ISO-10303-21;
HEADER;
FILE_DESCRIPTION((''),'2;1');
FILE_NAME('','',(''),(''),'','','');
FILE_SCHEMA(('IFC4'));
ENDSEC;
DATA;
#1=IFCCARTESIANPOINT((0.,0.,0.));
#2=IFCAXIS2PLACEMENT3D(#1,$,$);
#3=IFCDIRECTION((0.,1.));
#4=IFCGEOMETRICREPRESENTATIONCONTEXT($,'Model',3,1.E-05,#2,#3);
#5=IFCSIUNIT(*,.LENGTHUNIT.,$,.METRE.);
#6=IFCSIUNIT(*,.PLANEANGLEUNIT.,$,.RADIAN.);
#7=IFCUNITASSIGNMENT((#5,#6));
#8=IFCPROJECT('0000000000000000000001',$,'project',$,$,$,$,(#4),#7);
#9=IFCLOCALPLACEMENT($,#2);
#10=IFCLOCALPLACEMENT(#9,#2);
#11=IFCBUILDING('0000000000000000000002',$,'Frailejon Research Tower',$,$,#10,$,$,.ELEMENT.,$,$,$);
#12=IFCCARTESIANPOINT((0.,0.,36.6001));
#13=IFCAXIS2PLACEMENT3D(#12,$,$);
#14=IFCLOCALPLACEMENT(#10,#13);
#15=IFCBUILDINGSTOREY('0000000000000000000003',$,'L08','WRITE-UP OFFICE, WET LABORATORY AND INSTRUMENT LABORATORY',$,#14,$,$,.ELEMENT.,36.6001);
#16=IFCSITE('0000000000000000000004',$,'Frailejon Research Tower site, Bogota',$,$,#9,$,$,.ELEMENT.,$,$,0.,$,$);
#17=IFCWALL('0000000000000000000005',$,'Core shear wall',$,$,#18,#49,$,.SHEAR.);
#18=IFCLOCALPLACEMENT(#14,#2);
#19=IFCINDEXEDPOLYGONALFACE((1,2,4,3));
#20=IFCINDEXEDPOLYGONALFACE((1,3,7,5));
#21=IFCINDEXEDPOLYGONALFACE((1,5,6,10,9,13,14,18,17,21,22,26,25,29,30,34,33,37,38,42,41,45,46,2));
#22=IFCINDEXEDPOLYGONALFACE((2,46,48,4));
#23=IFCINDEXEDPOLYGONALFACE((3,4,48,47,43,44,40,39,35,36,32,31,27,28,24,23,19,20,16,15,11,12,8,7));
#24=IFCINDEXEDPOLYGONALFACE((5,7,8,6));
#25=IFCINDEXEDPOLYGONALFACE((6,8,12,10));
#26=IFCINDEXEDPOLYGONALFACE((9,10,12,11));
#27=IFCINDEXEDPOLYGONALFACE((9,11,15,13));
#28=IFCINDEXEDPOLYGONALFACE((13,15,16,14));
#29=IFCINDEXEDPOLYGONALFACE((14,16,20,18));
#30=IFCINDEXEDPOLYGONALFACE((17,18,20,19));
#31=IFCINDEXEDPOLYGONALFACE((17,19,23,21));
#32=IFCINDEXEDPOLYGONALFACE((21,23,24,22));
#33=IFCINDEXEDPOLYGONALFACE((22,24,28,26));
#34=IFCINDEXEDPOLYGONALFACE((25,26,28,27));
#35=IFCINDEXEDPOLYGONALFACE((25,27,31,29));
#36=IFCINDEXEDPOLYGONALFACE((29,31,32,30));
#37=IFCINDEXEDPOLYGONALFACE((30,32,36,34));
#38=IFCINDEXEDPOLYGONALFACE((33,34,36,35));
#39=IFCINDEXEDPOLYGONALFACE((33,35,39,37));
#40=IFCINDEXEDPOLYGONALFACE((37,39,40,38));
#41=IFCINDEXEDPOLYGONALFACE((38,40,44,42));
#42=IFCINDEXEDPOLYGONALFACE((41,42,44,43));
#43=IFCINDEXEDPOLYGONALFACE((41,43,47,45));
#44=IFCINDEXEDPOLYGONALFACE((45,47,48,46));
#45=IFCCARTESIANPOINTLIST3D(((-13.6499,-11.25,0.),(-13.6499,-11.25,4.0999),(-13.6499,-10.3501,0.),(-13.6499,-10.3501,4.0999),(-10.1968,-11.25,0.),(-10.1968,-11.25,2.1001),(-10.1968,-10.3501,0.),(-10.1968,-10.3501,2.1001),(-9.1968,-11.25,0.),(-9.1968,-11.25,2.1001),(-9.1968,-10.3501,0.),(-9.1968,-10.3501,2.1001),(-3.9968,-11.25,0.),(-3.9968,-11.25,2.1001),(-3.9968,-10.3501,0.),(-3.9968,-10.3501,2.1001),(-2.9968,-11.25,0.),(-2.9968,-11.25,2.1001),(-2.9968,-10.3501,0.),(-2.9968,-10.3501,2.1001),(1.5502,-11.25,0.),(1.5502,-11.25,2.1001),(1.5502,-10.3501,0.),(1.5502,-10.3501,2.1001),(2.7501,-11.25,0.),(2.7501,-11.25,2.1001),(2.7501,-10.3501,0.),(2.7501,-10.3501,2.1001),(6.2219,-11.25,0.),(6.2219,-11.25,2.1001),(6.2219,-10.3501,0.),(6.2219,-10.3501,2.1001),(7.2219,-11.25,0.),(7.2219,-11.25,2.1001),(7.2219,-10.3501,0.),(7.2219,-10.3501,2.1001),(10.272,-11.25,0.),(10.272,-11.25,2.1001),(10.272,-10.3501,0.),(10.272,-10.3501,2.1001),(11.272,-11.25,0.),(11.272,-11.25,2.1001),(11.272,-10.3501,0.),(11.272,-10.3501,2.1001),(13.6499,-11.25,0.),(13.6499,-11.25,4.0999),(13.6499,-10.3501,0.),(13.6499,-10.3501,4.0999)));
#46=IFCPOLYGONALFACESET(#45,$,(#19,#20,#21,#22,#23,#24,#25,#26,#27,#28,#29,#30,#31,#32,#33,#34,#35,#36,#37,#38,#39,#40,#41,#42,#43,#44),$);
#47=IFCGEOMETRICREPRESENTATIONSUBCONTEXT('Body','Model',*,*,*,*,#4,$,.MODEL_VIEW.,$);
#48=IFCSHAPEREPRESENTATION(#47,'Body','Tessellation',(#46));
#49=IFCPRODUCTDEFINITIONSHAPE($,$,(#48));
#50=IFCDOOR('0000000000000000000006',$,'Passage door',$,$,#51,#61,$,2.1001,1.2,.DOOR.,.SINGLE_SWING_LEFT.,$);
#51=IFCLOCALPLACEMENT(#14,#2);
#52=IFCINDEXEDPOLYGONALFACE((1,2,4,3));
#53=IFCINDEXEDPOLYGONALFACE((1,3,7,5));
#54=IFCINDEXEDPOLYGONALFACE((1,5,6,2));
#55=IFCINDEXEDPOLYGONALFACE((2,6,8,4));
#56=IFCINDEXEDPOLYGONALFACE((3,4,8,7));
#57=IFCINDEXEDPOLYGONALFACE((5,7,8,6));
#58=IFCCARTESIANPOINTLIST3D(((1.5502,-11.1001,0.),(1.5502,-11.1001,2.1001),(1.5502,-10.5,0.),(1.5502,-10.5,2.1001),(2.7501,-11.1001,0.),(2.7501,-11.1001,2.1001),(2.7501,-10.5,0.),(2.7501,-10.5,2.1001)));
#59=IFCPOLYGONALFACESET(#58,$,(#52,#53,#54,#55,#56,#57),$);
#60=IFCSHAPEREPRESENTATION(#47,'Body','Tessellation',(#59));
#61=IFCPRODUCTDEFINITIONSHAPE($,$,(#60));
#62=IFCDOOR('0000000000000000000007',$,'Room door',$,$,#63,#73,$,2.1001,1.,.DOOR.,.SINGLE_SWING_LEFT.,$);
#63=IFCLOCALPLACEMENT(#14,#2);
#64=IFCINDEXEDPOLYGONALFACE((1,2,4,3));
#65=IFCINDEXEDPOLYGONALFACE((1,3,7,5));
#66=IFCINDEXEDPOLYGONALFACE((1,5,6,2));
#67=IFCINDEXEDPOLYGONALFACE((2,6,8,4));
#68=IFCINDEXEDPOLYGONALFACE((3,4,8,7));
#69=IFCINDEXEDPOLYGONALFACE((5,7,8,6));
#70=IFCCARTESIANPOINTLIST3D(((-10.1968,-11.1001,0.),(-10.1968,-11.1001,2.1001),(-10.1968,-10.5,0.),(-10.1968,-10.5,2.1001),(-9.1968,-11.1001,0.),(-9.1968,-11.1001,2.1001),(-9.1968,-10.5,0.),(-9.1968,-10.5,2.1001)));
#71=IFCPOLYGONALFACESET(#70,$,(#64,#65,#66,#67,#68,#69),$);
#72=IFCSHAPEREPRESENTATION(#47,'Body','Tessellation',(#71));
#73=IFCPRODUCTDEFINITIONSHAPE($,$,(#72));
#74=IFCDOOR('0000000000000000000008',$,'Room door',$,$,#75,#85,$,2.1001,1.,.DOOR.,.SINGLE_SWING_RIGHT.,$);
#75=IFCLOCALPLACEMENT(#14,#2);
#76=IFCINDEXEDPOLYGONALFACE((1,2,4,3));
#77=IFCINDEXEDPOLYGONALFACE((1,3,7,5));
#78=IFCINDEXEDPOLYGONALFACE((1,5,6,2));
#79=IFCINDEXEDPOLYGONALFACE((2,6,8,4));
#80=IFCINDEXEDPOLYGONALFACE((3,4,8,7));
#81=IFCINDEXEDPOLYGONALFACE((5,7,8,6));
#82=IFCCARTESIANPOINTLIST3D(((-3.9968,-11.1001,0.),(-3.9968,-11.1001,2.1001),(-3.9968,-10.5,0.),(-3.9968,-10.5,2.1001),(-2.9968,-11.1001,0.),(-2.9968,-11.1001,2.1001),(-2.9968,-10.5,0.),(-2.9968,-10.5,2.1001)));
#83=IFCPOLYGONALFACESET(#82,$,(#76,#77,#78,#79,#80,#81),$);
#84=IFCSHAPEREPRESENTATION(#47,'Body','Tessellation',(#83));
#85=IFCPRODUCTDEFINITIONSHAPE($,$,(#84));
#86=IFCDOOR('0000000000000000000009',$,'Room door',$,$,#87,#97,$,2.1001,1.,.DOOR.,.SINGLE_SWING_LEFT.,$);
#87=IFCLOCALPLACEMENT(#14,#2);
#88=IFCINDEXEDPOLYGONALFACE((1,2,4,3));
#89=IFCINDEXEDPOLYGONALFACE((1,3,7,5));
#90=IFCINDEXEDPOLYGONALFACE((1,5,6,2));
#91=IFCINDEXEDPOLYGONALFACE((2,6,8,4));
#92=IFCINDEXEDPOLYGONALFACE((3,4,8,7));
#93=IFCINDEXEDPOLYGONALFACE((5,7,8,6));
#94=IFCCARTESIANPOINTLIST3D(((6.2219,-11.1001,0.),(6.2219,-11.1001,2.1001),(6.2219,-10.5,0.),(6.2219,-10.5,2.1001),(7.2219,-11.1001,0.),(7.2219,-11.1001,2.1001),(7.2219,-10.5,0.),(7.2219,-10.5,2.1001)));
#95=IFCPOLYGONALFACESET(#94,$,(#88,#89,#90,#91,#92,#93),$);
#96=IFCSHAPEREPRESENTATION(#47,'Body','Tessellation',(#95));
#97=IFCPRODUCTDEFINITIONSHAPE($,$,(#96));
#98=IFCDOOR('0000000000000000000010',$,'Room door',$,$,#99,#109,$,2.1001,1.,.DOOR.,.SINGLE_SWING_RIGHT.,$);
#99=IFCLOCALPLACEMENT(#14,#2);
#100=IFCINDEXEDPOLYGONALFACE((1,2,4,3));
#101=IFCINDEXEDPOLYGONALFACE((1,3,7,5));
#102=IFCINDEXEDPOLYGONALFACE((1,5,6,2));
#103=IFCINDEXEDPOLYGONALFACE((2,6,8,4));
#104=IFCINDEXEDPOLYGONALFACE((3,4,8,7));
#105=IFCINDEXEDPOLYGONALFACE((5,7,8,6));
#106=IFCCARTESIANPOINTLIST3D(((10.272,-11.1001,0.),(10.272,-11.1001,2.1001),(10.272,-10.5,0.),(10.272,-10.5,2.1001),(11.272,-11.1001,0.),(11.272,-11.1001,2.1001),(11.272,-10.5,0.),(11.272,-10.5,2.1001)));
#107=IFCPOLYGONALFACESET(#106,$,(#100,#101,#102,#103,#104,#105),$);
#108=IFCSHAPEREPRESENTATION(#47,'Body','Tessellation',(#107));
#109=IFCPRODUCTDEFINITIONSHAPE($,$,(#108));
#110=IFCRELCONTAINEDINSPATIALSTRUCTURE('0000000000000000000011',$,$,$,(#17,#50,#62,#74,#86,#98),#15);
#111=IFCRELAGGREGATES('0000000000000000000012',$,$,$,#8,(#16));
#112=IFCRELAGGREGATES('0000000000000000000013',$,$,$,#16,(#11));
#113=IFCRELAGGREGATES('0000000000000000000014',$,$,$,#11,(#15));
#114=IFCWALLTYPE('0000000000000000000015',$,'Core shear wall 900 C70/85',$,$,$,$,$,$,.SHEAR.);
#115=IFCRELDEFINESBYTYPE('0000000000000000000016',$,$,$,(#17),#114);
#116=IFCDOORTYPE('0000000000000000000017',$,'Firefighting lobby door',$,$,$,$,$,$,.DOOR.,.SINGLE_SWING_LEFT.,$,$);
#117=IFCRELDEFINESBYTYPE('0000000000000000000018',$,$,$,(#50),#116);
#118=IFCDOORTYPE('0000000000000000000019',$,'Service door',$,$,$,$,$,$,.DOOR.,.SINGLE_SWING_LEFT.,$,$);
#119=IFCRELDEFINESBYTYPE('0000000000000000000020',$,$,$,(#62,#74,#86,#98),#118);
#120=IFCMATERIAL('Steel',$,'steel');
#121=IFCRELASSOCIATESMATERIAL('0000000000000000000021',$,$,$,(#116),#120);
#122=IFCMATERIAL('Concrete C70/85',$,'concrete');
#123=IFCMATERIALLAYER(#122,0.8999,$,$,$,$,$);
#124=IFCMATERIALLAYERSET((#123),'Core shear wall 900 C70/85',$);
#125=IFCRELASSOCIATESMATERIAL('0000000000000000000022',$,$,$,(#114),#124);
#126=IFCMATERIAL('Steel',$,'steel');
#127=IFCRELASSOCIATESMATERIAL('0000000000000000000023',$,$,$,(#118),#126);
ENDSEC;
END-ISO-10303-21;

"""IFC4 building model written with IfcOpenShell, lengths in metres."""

from ifc_helpers import new_model, si_unit, direction, frame, frame_2d, origin, place, context, subcontext, project, spatial, rectangle, extrude, material, layer, layer_set, type_object, element, fill, save


model = new_model("IFC4")

# Units and contexts
model_context = context("Model", 3, precision=1e-05, world=origin(), true_north=direction((0.0, 1.0)))
body_context = subcontext(model_context, "Body", "Model", "MODEL_VIEW")
ifc_project = project(units=[si_unit("LENGTHUNIT", "METRE"), si_unit("PLANEANGLEUNIT", "RADIAN")], contexts=[model_context])

# Site, building, storey
site_placement = place(None, origin())
site = spatial("IfcSite", under=ifc_project, at=site_placement, Name="Frailejon Research Tower site, Bogota", CompositionType="ELEMENT", RefElevation=0.0)
building_placement = place(site_placement, origin())
building = spatial("IfcBuilding", under=site, at=building_placement, Name="Frailejon Research Tower", CompositionType="ELEMENT")
storey_placement = place(building_placement, frame((0.0, 0.0, 36.6001)))
storey = spatial("IfcBuildingStorey", under=building, at=storey_placement, Name="L08", Description="WRITE-UP OFFICE, WET LABORATORY AND INSTRUMENT LABORATORY", CompositionType="ELEMENT", Elevation=36.6001)

# Shared definitions
ifc_material_1 = material(Name="Steel", Category="steel")
door_type_1 = type_object("IfcDoorType", Name="Firefighting lobby door", OperationType="SINGLE_SWING_LEFT", PredefinedType="DOOR", material=ifc_material_1)

# Wall, openings, doors
ifc_material_2 = material(Name="Concrete C70/85", Category="concrete")
ifc_layer_1 = layer(ifc_material_2, 0.8999)
ifc_layer_set_1 = layer_set([ifc_layer_1], Name="Core shear wall 900 C70/85")
wall_type_1 = type_object("IfcWallType", Name="Core shear wall 900 C70/85", PredefinedType="SHEAR", material=ifc_layer_set_1)
wall_1_placement = place(storey_placement, frame((-13.6499, -10.8, 0.0), z_axis=(0.0, 0.0, 1.0), x_axis=(1.0, 0.0, 0.0)))
wall_1 = element("IfcWall", 1, at=wall_1_placement, inside=storey, type_object=wall_type_1, Name="Core shear wall", PredefinedType="SHEAR", context=body_context, shape_type="SweptSolid", body=[
    extrude(rectangle(XDim=27.2998, YDim=0.8999, at=frame_2d((13.6499, 0.0))), origin(), (0.0, 0.0, 1.0), 4.0999),
])
opening_1_placement = place(wall_1_placement, frame((3.4531, 0.0, 0.0)))
opening_1 = element("IfcOpeningElement", 2, at=opening_1_placement, cuts=wall_1, PredefinedType="OPENING", context=body_context, shape_type="SweptSolid", body=[
    extrude(rectangle(XDim=1.0, YDim=2.1001, at=frame_2d((0.5, 1.05))), frame((0.0, 0.46, 0.0), z_axis=(0.0, -1.0, 0.0), x_axis=(1.0, 0.0, 0.0)), (0.0, 0.0, 1.0), 0.9199),
])
opening_2_placement = place(wall_1_placement, frame((9.6531, 0.0, 0.0)))
opening_2 = element("IfcOpeningElement", 3, at=opening_2_placement, cuts=wall_1, PredefinedType="OPENING", context=body_context, shape_type="SweptSolid", body=[
    extrude(rectangle(XDim=1.0, YDim=2.1001, at=frame_2d((0.5, 1.05))), frame((0.0, 0.46, 0.0), z_axis=(0.0, -1.0, 0.0), x_axis=(1.0, 0.0, 0.0)), (0.0, 0.0, 1.0), 0.9199),
])
opening_3_placement = place(wall_1_placement, frame((19.8718, 0.0, 0.0)))
opening_3 = element("IfcOpeningElement", 4, at=opening_3_placement, cuts=wall_1, PredefinedType="OPENING", context=body_context, shape_type="SweptSolid", body=[
    extrude(rectangle(XDim=1.0, YDim=2.1001, at=frame_2d((0.5, 1.05))), frame((0.0, 0.46, 0.0), z_axis=(0.0, -1.0, 0.0), x_axis=(1.0, 0.0, 0.0)), (0.0, 0.0, 1.0), 0.9199),
])
opening_4_placement = place(wall_1_placement, frame((23.9219, 0.0, 0.0)))
opening_4 = element("IfcOpeningElement", 5, at=opening_4_placement, cuts=wall_1, PredefinedType="OPENING", context=body_context, shape_type="SweptSolid", body=[
    extrude(rectangle(XDim=1.0, YDim=2.1001, at=frame_2d((0.5, 1.05))), frame((0.0, 0.46, 0.0), z_axis=(0.0, -1.0, 0.0), x_axis=(1.0, 0.0, 0.0)), (0.0, 0.0, 1.0), 0.9199),
])
opening_5_placement = place(wall_1_placement, frame((15.2, 0.0, 0.0)))
opening_5 = element("IfcOpeningElement", 6, at=opening_5_placement, cuts=wall_1, PredefinedType="OPENING", context=body_context, shape_type="SweptSolid", body=[
    extrude(rectangle(XDim=1.2, YDim=2.1001, at=frame_2d((0.6001, 1.05))), frame((0.0, 0.46, 0.0), z_axis=(0.0, -1.0, 0.0), x_axis=(1.0, 0.0, 0.0)), (0.0, 0.0, 1.0), 0.9199),
])
door_1_placement = place(opening_5_placement, origin())
door_1 = element("IfcDoor", 7, at=door_1_placement, inside=storey, type_object=door_type_1, Name="Passage door", OperationType="SINGLE_SWING_LEFT", OverallHeight=2.1001, OverallWidth=1.2, PredefinedType="DOOR", context=body_context, shape_type="SweptSolid", body=[
    extrude(rectangle(XDim=1.2, YDim=2.1001, at=frame_2d((0.6001, 1.05))), frame((0.0, 0.3, 0.0), z_axis=(0.0, -1.0, 0.0), x_axis=(1.0, 0.0, 0.0)), (0.0, 0.0, 1.0), 0.6001),
])
fill(opening_5, door_1)
ifc_material_3 = material(Name="Steel", Category="steel")
door_type_2 = type_object("IfcDoorType", Name="Service door", OperationType="SINGLE_SWING_LEFT", PredefinedType="DOOR", material=ifc_material_3)
door_2_placement = place(opening_1_placement, origin())
door_2 = element("IfcDoor", 8, at=door_2_placement, inside=storey, type_object=door_type_2, Name="Room door", OperationType="SINGLE_SWING_LEFT", OverallHeight=2.1001, OverallWidth=1.0, PredefinedType="DOOR", context=body_context, shape_type="SweptSolid", body=[
    extrude(rectangle(XDim=1.0, YDim=2.1001, at=frame_2d((0.5, 1.05))), frame((0.0, 0.3, 0.0), z_axis=(0.0, -1.0, 0.0), x_axis=(1.0, 0.0, 0.0)), (0.0, 0.0, 1.0), 0.6001),
])
fill(opening_1, door_2)
door_3_placement = place(opening_2_placement, origin())
door_3 = element("IfcDoor", 9, at=door_3_placement, inside=storey, type_object=door_type_2, Name="Room door", OperationType="SINGLE_SWING_RIGHT", OverallHeight=2.1001, OverallWidth=1.0, PredefinedType="DOOR", context=body_context, shape_type="SweptSolid", body=[
    extrude(rectangle(XDim=1.0, YDim=2.1001, at=frame_2d((0.5, 1.05))), frame((0.0, 0.3, 0.0), z_axis=(0.0, -1.0, 0.0), x_axis=(1.0, 0.0, 0.0)), (0.0, 0.0, 1.0), 0.6001),
])
fill(opening_2, door_3)
door_4_placement = place(opening_3_placement, origin())
door_4 = element("IfcDoor", 10, at=door_4_placement, inside=storey, type_object=door_type_2, Name="Room door", OperationType="SINGLE_SWING_LEFT", OverallHeight=2.1001, OverallWidth=1.0, PredefinedType="DOOR", context=body_context, shape_type="SweptSolid", body=[
    extrude(rectangle(XDim=1.0, YDim=2.1001, at=frame_2d((0.5, 1.05))), frame((0.0, 0.3, 0.0), z_axis=(0.0, -1.0, 0.0), x_axis=(1.0, 0.0, 0.0)), (0.0, 0.0, 1.0), 0.6001),
])
fill(opening_3, door_4)
door_5_placement = place(opening_4_placement, origin())
door_5 = element("IfcDoor", 11, at=door_5_placement, inside=storey, type_object=door_type_2, Name="Room door", OperationType="SINGLE_SWING_RIGHT", OverallHeight=2.1001, OverallWidth=1.0, PredefinedType="DOOR", context=body_context, shape_type="SweptSolid", body=[
    extrude(rectangle(XDim=1.0, YDim=2.1001, at=frame_2d((0.5, 1.05))), frame((0.0, 0.3, 0.0), z_axis=(0.0, -1.0, 0.0), x_axis=(1.0, 0.0, 0.0)), (0.0, 0.0, 1.0), 0.6001),
])
fill(opening_4, door_5)

save(model, "model.ifc")
